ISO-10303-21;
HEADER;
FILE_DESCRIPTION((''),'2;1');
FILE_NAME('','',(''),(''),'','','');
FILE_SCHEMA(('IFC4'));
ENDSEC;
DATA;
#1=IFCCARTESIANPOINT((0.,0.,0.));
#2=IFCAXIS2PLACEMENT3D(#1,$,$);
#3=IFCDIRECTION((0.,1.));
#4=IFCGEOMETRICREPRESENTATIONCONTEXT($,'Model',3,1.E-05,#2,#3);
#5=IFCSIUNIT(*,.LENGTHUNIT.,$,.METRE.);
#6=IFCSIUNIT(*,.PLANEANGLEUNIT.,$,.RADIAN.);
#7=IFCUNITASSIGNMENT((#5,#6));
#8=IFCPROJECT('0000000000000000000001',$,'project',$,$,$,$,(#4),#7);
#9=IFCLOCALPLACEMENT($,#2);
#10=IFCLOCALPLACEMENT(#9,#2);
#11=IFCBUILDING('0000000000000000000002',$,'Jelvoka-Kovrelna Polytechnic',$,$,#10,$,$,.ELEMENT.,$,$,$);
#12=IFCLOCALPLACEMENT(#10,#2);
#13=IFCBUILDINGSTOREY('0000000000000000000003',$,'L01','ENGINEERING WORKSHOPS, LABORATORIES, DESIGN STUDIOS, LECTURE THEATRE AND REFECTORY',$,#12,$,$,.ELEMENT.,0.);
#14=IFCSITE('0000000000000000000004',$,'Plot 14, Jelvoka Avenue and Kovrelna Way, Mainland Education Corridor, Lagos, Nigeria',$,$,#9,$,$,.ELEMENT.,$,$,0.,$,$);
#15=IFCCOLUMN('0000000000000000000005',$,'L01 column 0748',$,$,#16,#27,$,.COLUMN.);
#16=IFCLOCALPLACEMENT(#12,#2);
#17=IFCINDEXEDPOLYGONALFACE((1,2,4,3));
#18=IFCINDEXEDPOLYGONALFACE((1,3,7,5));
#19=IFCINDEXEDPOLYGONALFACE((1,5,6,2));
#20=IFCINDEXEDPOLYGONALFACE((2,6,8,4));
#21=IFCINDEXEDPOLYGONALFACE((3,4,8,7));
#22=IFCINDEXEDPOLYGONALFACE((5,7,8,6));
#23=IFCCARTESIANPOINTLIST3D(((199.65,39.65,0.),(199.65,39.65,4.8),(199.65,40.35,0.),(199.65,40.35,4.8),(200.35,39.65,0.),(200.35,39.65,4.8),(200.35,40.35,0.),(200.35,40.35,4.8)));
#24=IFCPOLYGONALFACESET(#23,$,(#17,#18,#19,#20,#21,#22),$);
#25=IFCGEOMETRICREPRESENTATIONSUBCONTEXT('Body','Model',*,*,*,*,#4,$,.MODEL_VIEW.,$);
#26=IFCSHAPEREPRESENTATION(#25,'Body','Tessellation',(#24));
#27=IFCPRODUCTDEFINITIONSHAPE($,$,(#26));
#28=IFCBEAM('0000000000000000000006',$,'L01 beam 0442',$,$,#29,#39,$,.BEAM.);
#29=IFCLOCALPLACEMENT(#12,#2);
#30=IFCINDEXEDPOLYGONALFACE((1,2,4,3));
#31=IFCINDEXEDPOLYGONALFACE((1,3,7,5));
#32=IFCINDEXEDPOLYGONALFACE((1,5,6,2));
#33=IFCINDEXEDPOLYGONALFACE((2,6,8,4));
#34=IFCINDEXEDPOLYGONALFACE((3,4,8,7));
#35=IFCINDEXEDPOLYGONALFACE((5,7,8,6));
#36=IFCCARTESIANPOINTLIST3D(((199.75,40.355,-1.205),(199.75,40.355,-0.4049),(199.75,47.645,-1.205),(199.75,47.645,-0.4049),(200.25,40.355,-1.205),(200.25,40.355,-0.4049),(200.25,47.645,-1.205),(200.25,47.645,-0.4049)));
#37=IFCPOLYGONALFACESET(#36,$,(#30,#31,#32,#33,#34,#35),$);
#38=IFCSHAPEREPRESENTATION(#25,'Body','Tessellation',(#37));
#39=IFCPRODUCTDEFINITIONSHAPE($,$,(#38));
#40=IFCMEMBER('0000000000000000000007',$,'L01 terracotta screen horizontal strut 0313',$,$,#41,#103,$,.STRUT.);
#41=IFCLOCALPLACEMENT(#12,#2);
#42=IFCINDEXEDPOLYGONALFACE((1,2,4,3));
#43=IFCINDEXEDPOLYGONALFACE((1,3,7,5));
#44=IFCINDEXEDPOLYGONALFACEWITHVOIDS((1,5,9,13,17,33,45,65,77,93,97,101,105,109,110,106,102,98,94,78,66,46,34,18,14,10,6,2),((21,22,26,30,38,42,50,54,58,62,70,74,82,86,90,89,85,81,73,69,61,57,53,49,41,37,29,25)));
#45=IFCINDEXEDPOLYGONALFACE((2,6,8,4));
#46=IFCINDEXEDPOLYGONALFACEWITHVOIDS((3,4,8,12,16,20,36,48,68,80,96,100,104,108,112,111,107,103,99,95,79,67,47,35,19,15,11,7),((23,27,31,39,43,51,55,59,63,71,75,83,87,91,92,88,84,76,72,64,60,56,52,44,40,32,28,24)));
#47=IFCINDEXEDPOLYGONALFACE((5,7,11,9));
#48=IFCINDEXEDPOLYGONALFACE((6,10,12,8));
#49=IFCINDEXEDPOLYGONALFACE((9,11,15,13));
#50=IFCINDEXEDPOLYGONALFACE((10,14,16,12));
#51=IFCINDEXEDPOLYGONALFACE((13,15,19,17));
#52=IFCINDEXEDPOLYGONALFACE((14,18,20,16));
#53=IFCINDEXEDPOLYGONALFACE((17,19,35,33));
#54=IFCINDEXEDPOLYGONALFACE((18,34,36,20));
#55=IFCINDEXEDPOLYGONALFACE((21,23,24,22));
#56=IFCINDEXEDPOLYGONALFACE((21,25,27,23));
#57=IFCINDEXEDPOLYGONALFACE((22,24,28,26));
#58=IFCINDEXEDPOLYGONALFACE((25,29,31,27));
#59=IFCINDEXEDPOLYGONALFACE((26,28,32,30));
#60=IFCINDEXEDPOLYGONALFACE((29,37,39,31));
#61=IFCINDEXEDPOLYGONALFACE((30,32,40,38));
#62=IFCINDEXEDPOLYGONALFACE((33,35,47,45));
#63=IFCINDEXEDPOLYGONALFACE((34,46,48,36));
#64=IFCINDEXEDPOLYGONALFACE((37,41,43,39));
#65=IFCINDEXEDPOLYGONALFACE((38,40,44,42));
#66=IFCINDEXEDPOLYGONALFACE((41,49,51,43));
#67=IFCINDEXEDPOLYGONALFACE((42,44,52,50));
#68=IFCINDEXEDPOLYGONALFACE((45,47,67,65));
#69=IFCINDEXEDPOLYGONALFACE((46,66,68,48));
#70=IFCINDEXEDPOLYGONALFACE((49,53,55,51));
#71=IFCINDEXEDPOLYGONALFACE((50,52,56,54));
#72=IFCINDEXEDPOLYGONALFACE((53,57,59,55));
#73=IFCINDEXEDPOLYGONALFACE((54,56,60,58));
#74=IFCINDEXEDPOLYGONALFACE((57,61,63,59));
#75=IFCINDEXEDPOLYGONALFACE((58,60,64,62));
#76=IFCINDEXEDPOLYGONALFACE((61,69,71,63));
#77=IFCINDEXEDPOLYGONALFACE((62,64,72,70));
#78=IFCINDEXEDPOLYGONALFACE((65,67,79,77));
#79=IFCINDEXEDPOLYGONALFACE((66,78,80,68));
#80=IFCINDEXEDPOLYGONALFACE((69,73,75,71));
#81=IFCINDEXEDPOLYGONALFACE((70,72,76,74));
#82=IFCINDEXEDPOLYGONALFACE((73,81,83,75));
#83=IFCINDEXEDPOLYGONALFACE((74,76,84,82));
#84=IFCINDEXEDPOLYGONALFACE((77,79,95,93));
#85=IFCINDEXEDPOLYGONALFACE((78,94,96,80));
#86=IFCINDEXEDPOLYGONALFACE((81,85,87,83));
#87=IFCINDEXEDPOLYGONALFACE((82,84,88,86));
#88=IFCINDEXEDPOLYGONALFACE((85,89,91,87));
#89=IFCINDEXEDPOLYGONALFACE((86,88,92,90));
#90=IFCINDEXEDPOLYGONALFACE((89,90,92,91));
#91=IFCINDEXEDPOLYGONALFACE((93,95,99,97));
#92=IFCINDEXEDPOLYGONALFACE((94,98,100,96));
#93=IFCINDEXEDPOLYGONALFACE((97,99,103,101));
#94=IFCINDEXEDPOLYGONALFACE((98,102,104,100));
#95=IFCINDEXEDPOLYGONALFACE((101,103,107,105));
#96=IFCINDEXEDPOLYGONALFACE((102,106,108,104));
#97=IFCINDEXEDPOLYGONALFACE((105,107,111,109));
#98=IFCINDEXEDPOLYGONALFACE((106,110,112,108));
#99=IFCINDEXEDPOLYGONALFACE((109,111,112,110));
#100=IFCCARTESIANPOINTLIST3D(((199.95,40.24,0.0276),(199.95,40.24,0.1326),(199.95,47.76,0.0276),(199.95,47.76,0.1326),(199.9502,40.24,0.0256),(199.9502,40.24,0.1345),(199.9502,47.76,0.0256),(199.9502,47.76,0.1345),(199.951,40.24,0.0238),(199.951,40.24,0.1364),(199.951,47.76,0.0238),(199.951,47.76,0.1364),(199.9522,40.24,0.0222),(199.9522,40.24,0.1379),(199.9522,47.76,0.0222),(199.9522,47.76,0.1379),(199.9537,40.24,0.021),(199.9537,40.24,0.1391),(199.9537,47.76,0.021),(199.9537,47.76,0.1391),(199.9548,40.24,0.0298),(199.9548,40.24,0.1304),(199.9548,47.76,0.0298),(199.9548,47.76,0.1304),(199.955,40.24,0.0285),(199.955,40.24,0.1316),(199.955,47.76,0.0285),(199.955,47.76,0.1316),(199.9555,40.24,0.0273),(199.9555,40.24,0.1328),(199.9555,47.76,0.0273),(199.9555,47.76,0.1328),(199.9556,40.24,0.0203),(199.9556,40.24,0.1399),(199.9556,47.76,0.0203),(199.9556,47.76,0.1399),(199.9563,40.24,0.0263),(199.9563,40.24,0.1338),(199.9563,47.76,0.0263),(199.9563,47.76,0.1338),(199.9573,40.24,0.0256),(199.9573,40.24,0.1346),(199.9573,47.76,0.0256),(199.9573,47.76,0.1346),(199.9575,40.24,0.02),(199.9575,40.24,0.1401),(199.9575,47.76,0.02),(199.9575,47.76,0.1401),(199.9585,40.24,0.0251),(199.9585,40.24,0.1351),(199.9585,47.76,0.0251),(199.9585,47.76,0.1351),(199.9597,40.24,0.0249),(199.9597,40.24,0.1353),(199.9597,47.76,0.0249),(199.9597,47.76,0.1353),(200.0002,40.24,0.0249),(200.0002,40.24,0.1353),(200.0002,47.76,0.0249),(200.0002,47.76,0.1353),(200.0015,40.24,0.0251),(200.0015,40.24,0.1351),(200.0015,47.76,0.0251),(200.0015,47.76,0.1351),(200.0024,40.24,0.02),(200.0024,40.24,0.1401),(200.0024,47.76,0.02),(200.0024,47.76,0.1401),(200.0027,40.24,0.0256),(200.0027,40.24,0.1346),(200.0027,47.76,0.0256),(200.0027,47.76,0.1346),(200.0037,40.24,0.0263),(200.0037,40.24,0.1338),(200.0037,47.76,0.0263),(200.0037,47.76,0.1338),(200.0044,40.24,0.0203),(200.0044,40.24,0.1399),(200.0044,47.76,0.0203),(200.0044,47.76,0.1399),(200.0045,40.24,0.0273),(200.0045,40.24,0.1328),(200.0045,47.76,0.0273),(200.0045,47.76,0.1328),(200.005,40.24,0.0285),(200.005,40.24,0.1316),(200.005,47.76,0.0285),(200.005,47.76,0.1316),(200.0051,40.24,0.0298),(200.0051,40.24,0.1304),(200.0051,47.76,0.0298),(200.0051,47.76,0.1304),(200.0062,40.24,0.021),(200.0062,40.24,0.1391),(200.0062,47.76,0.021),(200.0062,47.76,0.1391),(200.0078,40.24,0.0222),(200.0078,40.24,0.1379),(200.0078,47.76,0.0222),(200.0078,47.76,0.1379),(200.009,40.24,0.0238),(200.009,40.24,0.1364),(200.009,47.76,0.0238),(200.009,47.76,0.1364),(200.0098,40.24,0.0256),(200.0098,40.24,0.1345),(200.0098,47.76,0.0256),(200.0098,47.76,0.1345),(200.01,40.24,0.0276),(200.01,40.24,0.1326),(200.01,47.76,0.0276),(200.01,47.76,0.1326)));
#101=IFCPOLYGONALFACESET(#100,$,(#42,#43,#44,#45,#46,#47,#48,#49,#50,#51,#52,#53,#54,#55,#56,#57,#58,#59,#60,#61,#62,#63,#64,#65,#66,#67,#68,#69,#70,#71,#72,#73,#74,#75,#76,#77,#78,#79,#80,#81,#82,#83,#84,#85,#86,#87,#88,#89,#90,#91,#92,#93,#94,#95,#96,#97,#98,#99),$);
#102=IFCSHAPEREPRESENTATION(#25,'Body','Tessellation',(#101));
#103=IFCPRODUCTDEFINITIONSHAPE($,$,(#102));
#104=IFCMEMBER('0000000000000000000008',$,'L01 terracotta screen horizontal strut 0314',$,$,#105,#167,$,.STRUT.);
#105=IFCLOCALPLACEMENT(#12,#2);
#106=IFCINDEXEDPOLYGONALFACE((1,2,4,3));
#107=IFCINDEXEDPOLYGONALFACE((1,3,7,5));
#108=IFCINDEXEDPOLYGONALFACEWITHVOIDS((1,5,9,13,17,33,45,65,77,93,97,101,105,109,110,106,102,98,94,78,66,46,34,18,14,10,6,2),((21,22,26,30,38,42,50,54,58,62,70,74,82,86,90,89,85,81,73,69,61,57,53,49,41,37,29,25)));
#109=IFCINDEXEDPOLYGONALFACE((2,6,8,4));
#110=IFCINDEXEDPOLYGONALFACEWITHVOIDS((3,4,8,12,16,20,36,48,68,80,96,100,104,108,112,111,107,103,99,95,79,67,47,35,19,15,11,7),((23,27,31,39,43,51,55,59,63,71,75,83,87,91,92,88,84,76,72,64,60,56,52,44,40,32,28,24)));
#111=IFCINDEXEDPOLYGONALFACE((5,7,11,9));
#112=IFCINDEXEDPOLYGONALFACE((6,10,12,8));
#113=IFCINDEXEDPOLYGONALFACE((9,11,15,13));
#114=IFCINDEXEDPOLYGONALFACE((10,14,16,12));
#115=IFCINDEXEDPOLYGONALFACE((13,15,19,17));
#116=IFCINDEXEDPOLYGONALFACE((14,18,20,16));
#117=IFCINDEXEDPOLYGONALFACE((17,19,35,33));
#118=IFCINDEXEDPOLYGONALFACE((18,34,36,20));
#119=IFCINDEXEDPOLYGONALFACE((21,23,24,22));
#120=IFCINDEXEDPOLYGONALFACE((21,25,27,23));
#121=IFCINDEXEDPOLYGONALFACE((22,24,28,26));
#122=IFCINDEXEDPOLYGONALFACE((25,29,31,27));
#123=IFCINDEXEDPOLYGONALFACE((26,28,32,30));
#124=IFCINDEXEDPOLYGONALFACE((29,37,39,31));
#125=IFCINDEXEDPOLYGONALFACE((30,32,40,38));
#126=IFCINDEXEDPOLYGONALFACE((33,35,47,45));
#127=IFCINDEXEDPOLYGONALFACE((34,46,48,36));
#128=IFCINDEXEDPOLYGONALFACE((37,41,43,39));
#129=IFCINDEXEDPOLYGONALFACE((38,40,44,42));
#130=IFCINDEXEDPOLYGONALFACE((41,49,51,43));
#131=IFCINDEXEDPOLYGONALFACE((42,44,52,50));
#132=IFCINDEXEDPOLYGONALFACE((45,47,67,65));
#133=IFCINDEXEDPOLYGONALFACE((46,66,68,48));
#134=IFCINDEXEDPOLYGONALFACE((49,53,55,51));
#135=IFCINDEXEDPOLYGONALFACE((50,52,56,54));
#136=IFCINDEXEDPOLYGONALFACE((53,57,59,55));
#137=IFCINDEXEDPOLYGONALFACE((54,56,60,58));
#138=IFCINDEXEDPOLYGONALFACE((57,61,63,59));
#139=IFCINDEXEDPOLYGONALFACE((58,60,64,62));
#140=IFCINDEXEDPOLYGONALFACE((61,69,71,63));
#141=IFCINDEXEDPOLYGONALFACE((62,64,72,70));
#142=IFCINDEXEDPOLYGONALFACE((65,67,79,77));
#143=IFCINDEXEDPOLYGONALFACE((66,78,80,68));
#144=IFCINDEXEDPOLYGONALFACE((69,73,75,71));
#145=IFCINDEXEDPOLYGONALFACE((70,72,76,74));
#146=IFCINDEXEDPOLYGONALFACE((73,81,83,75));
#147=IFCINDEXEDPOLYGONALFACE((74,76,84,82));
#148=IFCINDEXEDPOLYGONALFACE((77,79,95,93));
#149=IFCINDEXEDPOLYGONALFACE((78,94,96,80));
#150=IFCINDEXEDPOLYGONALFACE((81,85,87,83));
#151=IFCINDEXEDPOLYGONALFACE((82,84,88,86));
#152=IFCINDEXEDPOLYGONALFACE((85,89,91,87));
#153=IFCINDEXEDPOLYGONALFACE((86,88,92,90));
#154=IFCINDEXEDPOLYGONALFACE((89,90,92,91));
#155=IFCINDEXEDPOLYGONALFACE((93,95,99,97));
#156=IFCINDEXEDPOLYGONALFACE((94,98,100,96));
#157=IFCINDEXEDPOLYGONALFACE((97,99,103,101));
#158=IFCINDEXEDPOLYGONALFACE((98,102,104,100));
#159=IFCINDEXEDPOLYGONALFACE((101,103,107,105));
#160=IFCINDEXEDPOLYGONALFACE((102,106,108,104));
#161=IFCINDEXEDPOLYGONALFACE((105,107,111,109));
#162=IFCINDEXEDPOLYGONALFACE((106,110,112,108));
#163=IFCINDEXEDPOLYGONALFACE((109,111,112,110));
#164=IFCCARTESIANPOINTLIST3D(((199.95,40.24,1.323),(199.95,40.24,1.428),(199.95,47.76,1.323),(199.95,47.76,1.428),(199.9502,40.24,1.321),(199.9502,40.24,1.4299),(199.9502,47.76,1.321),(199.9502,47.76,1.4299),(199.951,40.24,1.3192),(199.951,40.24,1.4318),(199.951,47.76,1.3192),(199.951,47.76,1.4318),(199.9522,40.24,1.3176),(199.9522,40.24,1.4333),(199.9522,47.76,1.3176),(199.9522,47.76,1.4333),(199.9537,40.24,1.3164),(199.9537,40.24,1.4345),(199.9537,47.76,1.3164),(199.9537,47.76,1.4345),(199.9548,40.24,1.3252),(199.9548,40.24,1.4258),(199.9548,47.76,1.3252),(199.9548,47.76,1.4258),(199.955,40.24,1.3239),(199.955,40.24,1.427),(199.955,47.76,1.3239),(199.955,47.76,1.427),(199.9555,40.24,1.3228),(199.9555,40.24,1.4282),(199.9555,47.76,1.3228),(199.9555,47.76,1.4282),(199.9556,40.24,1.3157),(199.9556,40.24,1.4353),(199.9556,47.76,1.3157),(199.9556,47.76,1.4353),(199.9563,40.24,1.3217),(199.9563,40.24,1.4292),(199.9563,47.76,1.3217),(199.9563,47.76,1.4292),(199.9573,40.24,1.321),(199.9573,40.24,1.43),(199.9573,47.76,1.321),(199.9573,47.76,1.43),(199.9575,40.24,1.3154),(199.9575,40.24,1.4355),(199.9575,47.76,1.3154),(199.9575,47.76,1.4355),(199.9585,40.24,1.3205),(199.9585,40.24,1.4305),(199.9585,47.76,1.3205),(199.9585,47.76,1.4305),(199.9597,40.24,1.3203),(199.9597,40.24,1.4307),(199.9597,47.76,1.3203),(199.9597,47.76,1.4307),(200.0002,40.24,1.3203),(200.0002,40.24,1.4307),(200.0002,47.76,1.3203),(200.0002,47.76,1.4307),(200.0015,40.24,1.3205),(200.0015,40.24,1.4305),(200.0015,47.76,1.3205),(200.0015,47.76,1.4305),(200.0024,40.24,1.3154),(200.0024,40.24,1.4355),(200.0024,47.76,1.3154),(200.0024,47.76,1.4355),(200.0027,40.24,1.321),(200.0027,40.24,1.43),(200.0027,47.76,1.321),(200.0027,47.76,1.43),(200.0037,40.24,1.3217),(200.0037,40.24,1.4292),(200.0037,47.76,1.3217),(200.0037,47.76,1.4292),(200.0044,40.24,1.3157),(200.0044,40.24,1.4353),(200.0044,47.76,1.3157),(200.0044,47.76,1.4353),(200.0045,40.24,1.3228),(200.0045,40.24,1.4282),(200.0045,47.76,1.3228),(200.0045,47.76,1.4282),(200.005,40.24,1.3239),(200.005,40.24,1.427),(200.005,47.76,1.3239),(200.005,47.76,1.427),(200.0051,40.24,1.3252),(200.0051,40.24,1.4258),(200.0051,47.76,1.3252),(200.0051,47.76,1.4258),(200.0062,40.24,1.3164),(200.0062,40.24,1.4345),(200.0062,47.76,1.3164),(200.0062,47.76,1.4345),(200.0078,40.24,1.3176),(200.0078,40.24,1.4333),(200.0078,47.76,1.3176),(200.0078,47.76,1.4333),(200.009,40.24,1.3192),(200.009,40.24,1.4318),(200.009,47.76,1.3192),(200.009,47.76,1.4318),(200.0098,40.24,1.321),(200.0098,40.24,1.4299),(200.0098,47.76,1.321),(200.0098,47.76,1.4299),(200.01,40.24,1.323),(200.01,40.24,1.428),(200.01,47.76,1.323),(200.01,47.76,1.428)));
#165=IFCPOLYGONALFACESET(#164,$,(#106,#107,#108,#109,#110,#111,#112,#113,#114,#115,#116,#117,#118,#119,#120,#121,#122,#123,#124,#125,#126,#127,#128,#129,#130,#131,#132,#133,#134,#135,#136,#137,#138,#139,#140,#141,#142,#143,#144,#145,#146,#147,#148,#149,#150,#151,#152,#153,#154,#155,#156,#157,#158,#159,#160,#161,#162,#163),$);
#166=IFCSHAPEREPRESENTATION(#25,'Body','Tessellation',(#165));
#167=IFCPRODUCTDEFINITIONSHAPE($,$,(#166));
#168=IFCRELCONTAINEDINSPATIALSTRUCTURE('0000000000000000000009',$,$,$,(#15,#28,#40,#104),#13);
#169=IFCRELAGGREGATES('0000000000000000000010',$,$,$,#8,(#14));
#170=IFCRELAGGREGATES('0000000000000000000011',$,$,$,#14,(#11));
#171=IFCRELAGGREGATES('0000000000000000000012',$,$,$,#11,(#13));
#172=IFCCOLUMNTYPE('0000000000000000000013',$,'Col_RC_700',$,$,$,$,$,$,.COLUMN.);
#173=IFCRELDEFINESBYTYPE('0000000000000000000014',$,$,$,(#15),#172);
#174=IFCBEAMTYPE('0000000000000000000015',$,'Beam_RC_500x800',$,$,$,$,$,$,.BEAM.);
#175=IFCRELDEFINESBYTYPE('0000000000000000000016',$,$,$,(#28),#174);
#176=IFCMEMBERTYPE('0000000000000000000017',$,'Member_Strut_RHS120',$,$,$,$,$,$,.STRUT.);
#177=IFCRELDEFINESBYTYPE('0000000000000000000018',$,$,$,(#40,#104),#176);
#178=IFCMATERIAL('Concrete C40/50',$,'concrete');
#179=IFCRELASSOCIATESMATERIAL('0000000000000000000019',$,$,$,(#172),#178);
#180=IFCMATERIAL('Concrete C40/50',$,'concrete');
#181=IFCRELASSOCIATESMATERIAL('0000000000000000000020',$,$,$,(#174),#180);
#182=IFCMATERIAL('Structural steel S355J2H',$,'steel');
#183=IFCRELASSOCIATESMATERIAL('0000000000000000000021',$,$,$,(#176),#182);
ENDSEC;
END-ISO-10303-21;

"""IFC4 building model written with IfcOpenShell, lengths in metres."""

from ifc_helpers import new_model, si_unit, direction, frame, origin, origin_2d, place, context, subcontext, project, spatial, rectangle, hollow_rectangle, extrude, material, material_profile, profile_set, type_object, element, save


model = new_model("IFC4")

# Units and contexts
model_context = context("Model", 3, precision=1e-05, world=origin(), true_north=direction((0.0, 1.0)))
body_context = subcontext(model_context, "Body", "Model", "MODEL_VIEW")
ifc_project = project(units=[si_unit("LENGTHUNIT", "METRE"), si_unit("PLANEANGLEUNIT", "RADIAN")], contexts=[model_context])

# Site, building, storey
site_placement = place(None, origin())
site = spatial("IfcSite", under=ifc_project, at=site_placement, Name="Plot 14, Jelvoka Avenue and Kovrelna Way, Mainland Education Corridor, Lagos, Nigeria", CompositionType="ELEMENT", RefElevation=0.0)
building_placement = place(site_placement, origin())
building = spatial("IfcBuilding", under=site, at=building_placement, Name="Jelvoka-Kovrelna Polytechnic", CompositionType="ELEMENT")
storey_placement = place(building_placement, origin())
storey = spatial("IfcBuildingStorey", under=building, at=storey_placement, Name="L01", Description="ENGINEERING WORKSHOPS, LABORATORIES, DESIGN STUDIOS, LECTURE THEATRE AND REFECTORY", CompositionType="ELEMENT", Elevation=0.0)

# Column
ifc_material_1 = material(Name="Concrete C40/50", Category="concrete")
ifc_material_profile_1 = material_profile(ifc_material_1, rectangle(XDim=0.7, YDim=0.7, at=origin_2d()), Name="RC 700x700")
ifc_profile_set_1 = profile_set([ifc_material_profile_1], Name="Concrete C40/50")
column_type = type_object("IfcColumnType", Name="Col_RC_700", PredefinedType="COLUMN", material=ifc_profile_set_1)
column_placement = place(storey_placement, frame((200.0, 40.0, 0.0), z_axis=(0.0, 0.0, 1.0), x_axis=(1.0, 0.0, 0.0)))
element("IfcColumn", 1, at=column_placement, inside=storey, type_object=column_type, Name="L01 column 0748", PredefinedType="COLUMN", context=body_context, shape_type="SweptSolid", body=[
    extrude(rectangle(XDim=0.7, YDim=0.7, at=origin_2d()), origin(), (0.0, 0.0, 1.0), 4.8),
])

# Beam
ifc_material_2 = material(Name="Concrete C40/50", Category="concrete")
ifc_material_profile_2 = material_profile(ifc_material_2, rectangle(XDim=0.5, YDim=0.8, at=origin_2d()), Name="RC 500x800")
ifc_profile_set_2 = profile_set([ifc_material_profile_2], Name="Concrete C40/50")
beam_type = type_object("IfcBeamType", Name="Beam_RC_500x800", PredefinedType="BEAM", material=ifc_profile_set_2)
beam_placement = place(storey_placement, frame((200.0, 40.355, -0.8049), z_axis=(0.0, 1.0, 0.0), x_axis=(-1.0, 0.0, 0.0)))
element("IfcBeam", 2, at=beam_placement, inside=storey, type_object=beam_type, Name="L01 beam 0442", PredefinedType="BEAM", context=body_context, shape_type="SweptSolid", body=[
    extrude(rectangle(XDim=0.5, YDim=0.8, at=origin_2d()), origin(), (0.0, 0.0, 1.0), 7.29),
])

# Members
ifc_material_3 = material(Name="Structural steel S355J2H", Category="steel")
ifc_material_profile_3 = material_profile(ifc_material_3, hollow_rectangle(XDim=0.0601, YDim=0.1201, WallThickness=0.0049, InnerFilletRadius=0.0049, OuterFilletRadius=0.0076, at=origin_2d()), Name="120x60x5.0 RHS")
ifc_profile_set_3 = profile_set([ifc_material_profile_3], Name="Structural steel S355J2H")
member_type_1 = type_object("IfcMemberType", Name="Member_Strut_RHS120", PredefinedType="STRUT", material=ifc_profile_set_3)
for number, where, z_axis, x_axis, name in (
    (3, (199.98, 40.24, 0.0801), (0.0, 1.0, 0.0), (-1.0, 0.0, 0.0), "L01 terracotta screen horizontal strut 0313"),
    (4, (199.98, 40.24, 1.3755), (0.0, 1.0, 0.0), (-1.0, 0.0, 0.0), "L01 terracotta screen horizontal strut 0314"),
):
    element("IfcMember", number, at=place(storey_placement, frame(where, z_axis=z_axis, x_axis=x_axis)), inside=storey, type_object=member_type_1, Name=name, PredefinedType="STRUT", context=body_context, shape_type="SweptSolid", body=[
        extrude(hollow_rectangle(XDim=0.0601, YDim=0.1201, WallThickness=0.0049, InnerFilletRadius=0.0049, OuterFilletRadius=0.0076, at=origin_2d()), origin(), (0.0, 0.0, 1.0), 7.52),
    ])

save(model, "model.ifc")
